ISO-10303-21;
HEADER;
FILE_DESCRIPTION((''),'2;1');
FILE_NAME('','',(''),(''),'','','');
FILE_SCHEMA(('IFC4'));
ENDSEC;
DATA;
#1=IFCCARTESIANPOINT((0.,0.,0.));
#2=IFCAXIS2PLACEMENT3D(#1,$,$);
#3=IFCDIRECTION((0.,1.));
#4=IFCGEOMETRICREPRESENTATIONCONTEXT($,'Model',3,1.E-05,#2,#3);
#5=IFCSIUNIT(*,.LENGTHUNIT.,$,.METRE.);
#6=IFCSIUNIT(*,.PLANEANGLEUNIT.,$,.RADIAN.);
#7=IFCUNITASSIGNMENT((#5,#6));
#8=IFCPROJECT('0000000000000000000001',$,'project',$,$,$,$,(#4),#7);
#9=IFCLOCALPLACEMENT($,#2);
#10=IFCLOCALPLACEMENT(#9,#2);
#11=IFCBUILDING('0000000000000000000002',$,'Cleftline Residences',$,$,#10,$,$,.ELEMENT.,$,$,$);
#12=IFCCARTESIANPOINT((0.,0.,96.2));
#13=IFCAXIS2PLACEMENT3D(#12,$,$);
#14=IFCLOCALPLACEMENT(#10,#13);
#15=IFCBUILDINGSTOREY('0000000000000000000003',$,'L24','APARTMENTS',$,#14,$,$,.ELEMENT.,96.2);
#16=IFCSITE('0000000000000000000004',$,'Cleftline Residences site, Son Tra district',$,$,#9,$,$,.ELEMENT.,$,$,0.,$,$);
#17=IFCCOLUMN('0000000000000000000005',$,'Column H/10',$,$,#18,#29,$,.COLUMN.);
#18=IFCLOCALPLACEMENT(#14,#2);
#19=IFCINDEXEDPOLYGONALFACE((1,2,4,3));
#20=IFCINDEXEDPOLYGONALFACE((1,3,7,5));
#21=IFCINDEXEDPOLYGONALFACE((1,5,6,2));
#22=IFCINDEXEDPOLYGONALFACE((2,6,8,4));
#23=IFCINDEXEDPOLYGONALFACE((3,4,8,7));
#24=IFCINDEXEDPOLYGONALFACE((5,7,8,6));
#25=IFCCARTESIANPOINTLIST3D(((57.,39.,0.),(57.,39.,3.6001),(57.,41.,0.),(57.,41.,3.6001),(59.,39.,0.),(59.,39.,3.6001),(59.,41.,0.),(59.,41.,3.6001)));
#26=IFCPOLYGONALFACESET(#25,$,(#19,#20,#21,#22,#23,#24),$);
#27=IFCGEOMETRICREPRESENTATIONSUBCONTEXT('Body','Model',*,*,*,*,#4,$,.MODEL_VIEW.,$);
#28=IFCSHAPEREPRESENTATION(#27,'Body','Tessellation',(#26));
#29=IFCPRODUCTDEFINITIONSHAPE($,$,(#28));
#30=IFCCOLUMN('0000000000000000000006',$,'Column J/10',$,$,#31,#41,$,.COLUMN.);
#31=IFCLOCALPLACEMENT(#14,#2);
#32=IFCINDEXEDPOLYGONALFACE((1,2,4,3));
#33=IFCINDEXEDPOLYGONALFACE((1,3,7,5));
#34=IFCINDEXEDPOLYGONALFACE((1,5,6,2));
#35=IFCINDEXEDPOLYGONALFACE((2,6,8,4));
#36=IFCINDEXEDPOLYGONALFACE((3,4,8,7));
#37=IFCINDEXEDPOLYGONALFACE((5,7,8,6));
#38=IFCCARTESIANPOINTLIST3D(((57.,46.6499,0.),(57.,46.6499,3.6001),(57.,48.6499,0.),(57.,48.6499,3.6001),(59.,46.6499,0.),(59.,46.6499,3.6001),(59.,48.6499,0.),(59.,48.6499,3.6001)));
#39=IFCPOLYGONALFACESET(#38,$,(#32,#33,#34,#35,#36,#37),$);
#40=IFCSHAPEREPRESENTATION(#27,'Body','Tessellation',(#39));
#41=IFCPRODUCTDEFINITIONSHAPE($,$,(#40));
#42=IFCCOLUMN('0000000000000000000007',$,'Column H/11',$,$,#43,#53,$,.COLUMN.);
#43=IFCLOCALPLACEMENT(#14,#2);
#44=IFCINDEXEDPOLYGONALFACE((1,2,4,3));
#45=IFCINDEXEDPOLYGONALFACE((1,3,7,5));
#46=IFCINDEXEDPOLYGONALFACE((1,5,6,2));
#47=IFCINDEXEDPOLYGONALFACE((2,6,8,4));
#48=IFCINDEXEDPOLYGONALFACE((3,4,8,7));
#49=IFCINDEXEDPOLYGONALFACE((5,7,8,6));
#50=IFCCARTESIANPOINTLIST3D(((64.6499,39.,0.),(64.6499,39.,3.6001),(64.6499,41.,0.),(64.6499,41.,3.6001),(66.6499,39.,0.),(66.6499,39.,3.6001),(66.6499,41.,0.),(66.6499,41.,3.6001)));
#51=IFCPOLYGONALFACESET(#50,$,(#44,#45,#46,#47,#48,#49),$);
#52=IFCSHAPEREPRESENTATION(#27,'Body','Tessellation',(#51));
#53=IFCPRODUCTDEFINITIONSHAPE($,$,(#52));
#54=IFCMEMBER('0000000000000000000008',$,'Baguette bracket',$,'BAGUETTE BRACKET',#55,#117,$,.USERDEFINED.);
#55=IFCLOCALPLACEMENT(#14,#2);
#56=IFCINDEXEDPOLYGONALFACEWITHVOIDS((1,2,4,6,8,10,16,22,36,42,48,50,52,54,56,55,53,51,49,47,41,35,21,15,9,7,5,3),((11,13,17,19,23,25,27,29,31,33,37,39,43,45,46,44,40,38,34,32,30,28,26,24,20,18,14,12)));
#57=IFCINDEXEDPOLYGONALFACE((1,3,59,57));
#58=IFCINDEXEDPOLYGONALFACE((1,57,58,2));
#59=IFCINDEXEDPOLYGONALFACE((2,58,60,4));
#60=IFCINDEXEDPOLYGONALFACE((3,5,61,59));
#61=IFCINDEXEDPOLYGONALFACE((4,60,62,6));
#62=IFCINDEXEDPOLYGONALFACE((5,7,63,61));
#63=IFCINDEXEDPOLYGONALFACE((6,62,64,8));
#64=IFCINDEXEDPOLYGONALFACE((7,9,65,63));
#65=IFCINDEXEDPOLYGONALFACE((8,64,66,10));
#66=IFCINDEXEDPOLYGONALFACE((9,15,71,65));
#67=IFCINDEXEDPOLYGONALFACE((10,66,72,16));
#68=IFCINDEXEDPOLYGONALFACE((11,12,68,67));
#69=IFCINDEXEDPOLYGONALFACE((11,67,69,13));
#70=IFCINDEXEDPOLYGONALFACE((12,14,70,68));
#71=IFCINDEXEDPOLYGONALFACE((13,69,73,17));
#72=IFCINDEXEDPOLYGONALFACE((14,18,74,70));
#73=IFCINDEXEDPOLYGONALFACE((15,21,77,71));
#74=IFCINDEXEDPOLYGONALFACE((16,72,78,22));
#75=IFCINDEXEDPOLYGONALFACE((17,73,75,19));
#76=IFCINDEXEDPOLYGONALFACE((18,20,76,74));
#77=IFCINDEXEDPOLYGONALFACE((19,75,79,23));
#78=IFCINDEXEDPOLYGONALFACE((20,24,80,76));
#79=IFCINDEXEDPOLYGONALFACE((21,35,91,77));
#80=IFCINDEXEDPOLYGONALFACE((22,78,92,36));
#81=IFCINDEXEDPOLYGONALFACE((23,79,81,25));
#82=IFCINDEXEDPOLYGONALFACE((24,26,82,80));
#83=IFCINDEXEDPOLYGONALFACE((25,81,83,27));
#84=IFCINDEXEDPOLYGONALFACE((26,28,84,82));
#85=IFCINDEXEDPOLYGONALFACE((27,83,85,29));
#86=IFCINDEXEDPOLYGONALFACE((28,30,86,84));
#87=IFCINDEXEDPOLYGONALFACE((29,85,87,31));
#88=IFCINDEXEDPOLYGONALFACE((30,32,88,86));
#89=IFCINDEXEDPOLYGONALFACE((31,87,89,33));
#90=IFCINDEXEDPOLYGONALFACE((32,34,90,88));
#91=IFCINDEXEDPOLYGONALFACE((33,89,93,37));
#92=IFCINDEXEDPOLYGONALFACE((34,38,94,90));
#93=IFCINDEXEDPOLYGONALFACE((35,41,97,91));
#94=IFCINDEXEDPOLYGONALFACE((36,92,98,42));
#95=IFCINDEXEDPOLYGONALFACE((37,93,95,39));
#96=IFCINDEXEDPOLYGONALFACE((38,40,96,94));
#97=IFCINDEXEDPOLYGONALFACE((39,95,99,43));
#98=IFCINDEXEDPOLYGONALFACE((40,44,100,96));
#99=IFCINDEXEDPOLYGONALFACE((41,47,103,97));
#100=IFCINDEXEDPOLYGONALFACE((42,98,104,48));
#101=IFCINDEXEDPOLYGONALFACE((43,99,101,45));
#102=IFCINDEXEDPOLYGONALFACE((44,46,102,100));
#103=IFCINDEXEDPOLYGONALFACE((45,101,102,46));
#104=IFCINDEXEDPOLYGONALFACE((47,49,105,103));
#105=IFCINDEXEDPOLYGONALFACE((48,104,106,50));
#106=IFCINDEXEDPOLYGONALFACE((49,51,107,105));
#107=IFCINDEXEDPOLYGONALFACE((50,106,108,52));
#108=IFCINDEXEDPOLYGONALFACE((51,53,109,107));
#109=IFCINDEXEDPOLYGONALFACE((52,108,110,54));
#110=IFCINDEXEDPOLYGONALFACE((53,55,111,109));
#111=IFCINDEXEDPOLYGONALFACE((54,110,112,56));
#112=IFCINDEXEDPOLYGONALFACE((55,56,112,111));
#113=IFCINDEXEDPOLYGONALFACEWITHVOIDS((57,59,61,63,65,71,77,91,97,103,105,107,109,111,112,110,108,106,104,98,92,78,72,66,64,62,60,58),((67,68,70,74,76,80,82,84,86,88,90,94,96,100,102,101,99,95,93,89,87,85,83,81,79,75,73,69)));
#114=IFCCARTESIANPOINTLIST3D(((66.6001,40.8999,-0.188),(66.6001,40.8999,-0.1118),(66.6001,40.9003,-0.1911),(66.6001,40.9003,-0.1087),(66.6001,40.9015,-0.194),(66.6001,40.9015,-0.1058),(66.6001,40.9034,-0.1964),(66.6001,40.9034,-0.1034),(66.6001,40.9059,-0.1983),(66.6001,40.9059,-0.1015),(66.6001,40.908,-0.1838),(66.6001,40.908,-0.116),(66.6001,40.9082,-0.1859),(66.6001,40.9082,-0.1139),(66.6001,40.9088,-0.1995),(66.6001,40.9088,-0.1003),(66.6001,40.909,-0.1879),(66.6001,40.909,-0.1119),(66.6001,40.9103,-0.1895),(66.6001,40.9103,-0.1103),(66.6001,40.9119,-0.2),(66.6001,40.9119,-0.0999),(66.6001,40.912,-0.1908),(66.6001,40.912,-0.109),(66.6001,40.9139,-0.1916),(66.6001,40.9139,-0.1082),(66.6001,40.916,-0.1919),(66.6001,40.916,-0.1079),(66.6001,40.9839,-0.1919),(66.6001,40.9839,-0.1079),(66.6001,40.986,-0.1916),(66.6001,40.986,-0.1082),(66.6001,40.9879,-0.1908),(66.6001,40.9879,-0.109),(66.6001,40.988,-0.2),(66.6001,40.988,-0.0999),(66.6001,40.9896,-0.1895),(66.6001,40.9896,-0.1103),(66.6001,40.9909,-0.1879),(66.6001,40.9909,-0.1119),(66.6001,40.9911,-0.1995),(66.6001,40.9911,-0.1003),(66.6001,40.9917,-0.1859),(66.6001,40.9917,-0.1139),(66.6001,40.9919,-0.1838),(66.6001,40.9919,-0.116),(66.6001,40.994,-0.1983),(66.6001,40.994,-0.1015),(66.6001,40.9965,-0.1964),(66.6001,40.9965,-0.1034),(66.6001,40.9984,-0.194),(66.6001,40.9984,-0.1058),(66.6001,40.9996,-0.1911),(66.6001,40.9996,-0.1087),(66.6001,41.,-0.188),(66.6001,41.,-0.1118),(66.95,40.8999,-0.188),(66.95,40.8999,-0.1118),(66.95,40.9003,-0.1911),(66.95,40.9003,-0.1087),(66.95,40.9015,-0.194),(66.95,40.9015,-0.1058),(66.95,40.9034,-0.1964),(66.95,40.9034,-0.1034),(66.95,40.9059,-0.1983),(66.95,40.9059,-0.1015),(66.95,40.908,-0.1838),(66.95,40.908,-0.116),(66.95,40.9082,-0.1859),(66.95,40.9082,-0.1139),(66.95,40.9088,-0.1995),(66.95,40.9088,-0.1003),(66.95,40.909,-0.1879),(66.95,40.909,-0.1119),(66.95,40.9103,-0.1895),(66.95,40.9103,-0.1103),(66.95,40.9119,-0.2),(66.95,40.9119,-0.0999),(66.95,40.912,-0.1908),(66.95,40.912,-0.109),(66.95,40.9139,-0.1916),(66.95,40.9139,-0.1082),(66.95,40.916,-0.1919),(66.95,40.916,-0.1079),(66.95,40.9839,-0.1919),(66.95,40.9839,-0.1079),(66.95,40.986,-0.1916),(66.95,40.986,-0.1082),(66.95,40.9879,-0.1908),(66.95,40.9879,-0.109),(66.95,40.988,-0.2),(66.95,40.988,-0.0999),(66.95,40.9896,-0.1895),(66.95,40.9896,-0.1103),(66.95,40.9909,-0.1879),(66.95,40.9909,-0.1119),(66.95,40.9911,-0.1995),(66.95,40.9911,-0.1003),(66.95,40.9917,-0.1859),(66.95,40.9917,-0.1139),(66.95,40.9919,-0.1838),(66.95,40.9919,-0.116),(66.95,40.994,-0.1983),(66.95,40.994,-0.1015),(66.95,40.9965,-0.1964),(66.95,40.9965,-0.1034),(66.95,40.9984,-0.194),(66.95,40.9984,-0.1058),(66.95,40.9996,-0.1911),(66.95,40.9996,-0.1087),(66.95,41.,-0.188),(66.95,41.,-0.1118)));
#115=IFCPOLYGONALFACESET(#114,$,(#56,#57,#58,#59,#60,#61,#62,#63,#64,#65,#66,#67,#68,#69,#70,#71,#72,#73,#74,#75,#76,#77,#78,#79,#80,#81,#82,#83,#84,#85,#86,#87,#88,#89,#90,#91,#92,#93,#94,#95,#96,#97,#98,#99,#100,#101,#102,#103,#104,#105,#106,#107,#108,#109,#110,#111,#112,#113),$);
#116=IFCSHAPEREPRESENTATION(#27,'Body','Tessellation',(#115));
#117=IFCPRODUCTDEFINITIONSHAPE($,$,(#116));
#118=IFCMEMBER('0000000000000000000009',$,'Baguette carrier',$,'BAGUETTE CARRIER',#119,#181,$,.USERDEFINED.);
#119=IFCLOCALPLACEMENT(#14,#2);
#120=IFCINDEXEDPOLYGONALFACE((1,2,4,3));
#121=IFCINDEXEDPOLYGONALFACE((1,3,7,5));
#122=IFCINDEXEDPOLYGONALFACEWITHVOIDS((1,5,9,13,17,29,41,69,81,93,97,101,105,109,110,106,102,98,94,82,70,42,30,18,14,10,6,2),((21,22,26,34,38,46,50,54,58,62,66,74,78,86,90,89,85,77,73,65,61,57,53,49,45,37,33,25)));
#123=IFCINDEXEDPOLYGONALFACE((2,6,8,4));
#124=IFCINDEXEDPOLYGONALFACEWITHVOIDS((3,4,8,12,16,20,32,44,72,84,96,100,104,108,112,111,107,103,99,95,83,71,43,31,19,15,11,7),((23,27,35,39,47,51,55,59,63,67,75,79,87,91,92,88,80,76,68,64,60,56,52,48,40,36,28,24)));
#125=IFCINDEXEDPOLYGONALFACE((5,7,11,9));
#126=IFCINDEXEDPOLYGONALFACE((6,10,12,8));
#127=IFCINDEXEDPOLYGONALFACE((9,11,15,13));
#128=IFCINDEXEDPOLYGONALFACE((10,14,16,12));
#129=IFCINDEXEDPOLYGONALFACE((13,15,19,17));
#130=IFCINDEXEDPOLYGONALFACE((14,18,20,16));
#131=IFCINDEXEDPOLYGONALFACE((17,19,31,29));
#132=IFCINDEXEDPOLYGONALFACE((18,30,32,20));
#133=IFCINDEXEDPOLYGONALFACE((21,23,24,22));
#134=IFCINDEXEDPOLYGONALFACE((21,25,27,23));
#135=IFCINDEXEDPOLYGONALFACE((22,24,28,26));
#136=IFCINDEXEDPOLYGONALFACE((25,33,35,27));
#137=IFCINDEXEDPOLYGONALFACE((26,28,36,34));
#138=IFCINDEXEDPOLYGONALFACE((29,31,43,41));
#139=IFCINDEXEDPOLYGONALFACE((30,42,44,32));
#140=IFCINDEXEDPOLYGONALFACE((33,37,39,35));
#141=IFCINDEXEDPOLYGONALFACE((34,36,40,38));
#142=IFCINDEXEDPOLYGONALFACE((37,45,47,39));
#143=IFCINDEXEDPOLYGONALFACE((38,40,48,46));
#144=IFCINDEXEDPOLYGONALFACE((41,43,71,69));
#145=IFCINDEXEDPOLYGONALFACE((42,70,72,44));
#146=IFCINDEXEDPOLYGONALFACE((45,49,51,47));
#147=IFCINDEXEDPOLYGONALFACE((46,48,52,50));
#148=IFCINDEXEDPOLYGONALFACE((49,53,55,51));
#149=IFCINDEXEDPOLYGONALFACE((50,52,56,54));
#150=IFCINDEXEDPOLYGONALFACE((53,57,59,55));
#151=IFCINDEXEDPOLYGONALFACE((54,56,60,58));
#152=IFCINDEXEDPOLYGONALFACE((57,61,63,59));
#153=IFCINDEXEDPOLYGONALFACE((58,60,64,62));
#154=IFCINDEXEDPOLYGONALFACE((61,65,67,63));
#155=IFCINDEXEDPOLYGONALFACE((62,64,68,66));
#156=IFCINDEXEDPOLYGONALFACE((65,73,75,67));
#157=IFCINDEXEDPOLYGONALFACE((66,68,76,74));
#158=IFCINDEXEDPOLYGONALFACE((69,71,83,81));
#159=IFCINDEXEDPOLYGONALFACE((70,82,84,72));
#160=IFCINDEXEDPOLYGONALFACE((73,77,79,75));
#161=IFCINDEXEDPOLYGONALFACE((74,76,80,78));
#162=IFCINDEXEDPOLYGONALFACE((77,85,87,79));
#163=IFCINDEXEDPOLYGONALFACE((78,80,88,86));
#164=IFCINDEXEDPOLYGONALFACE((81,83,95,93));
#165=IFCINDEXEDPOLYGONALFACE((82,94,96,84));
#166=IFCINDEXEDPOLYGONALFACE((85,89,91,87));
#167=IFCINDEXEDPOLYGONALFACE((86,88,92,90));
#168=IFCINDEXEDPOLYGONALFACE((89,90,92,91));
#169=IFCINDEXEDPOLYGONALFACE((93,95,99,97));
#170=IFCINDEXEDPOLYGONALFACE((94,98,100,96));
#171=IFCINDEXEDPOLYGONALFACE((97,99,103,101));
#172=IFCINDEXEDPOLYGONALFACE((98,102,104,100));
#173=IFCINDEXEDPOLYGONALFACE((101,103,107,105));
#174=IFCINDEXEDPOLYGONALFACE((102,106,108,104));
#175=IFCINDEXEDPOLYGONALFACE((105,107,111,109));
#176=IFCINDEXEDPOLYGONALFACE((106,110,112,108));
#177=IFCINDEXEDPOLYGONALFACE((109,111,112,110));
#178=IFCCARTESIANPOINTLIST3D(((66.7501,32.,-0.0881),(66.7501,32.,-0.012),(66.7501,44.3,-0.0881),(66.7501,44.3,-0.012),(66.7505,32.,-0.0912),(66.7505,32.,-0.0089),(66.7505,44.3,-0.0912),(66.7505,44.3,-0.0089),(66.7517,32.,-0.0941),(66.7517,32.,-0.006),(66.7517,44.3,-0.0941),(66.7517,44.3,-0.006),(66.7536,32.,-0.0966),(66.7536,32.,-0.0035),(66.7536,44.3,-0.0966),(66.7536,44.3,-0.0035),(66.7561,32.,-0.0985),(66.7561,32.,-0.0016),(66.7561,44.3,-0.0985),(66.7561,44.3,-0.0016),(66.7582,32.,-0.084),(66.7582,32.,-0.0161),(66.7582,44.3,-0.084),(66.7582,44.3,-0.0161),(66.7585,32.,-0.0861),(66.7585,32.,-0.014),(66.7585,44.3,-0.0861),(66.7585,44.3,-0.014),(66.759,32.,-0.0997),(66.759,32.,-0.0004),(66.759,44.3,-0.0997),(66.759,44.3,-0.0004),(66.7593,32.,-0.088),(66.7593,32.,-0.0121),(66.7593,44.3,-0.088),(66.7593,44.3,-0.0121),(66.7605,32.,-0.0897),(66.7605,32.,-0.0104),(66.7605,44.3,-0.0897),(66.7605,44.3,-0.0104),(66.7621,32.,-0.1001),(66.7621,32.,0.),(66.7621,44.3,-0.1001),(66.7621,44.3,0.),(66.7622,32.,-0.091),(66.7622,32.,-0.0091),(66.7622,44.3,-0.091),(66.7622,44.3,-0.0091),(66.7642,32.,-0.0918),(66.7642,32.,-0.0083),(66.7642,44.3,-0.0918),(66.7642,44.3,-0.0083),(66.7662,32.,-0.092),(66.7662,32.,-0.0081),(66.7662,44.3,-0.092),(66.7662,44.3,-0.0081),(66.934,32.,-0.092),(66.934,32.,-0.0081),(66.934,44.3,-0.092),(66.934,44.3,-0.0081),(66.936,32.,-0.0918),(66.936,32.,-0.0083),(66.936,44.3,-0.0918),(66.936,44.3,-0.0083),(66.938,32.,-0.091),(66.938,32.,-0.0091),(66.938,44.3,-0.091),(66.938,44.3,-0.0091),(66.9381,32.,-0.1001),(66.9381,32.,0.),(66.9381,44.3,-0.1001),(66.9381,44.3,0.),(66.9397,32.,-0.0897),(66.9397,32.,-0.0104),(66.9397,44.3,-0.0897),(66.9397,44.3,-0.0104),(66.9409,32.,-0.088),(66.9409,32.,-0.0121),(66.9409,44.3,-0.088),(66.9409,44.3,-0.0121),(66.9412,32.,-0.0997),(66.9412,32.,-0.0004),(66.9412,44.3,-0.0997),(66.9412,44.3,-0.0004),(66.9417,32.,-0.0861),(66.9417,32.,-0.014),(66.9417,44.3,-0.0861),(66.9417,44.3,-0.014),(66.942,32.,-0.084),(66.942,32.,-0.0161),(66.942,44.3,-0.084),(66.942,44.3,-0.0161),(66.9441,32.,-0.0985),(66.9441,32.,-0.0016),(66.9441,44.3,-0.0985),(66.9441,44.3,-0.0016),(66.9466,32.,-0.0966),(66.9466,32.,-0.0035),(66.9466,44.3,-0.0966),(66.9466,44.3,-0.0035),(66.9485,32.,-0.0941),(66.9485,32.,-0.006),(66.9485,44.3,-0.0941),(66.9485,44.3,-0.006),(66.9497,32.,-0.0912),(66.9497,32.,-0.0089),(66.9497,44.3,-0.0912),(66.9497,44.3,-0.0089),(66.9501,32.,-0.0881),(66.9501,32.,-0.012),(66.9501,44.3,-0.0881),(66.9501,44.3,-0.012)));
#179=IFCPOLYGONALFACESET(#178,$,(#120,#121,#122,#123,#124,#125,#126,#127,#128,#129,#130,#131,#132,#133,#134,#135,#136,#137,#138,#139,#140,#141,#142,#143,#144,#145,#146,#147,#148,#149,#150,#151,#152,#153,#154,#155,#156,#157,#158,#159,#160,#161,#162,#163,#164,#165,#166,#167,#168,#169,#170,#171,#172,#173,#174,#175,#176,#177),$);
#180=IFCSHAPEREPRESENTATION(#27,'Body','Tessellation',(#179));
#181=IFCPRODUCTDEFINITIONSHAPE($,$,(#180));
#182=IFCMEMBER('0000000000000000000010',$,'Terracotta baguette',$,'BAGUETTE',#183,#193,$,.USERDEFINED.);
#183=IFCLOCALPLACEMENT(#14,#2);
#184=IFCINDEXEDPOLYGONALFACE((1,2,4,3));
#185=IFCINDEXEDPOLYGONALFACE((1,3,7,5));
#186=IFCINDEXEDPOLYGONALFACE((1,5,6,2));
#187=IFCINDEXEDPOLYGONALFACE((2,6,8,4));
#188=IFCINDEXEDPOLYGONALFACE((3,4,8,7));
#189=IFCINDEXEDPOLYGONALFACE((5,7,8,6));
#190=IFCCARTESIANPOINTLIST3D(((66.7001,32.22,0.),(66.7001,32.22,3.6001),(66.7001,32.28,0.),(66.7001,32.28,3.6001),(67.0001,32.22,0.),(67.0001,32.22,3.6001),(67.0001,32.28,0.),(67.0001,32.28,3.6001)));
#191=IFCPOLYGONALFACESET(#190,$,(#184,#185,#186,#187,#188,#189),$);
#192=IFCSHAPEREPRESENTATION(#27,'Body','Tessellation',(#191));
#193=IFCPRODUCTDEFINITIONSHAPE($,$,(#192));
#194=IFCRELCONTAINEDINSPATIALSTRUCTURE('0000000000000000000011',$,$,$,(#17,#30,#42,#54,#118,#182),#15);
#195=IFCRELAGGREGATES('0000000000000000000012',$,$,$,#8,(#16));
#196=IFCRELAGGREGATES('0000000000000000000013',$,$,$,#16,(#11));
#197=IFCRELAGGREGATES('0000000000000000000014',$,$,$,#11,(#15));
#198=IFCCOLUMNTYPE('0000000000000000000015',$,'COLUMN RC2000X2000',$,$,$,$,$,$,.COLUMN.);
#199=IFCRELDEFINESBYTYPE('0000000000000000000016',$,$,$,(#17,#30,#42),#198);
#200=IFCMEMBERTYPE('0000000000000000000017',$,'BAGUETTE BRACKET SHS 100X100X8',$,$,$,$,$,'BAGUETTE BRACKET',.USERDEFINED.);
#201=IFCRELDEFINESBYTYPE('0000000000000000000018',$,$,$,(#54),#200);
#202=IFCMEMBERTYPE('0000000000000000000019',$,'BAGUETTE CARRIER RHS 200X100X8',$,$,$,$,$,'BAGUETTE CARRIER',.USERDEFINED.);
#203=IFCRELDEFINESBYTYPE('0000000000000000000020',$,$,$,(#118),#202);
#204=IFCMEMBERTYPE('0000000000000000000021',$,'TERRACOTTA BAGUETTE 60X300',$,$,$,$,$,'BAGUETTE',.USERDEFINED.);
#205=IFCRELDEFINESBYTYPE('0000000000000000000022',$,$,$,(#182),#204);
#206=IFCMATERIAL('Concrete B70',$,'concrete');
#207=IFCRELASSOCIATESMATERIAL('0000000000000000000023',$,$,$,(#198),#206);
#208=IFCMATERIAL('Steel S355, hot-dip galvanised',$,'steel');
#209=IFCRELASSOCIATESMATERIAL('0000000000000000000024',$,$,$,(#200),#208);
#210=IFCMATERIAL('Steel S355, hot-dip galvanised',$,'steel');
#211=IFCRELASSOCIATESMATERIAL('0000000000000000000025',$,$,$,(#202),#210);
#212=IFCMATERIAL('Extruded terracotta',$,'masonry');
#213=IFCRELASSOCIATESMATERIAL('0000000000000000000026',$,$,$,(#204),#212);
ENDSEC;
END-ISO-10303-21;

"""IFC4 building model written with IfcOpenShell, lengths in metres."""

from ifc_helpers import new_model, si_unit, direction, frame, origin, origin_2d, place, context, subcontext, project, spatial, rectangle, hollow_rectangle, extrude, material, material_profile, profile_set, type_object, element, save


model = new_model("IFC4")

# Units and contexts
model_context = context("Model", 3, precision=1e-05, world=origin(), true_north=direction((0.0, 1.0)))
body_context = subcontext(model_context, "Body", "Model", "MODEL_VIEW")
ifc_project = project(units=[si_unit("LENGTHUNIT", "METRE"), si_unit("PLANEANGLEUNIT", "RADIAN")], contexts=[model_context])

# Site, building, storey
site_placement = place(None, origin())
site = spatial("IfcSite", under=ifc_project, at=site_placement, Name="Cleftline Residences site, Son Tra district", CompositionType="ELEMENT", RefElevation=0.0)
building_placement = place(site_placement, origin())
building = spatial("IfcBuilding", under=site, at=building_placement, Name="Cleftline Residences", CompositionType="ELEMENT")
storey_placement = place(building_placement, frame((0.0, 0.0, 96.2)))
storey = spatial("IfcBuildingStorey", under=building, at=storey_placement, Name="L24", Description="APARTMENTS", CompositionType="ELEMENT", Elevation=96.2)

# Columns
ifc_material_1 = material(Name="Concrete B70", Category="concrete")
ifc_material_profile_1 = material_profile(ifc_material_1, rectangle(XDim=2.0, YDim=2.0, at=origin_2d()))
ifc_profile_set_1 = profile_set([ifc_material_profile_1], Name="Concrete B70")
column_type = type_object("IfcColumnType", Name="COLUMN RC2000X2000", PredefinedType="COLUMN", material=ifc_profile_set_1)
for number, where, z_axis, x_axis, name in (
    (1, (58.0, 40.0, 0.0), (0.0, 0.0, 1.0), (1.0, 0.0, 0.0), "Column H/10"),
    (2, (58.0, 47.6499, 0.0), (0.0, 0.0, 1.0), (1.0, 0.0, 0.0), "Column J/10"),
    (3, (65.6499, 40.0, 0.0), (0.0, 0.0, 1.0), (1.0, 0.0, 0.0), "Column H/11"),
):
    element("IfcColumn", number, at=place(storey_placement, frame(where, z_axis=z_axis, x_axis=x_axis)), inside=storey, type_object=column_type, Name=name, PredefinedType="COLUMN", context=body_context, shape_type="SweptSolid", body=[
        extrude(rectangle(XDim=2.0, YDim=2.0, at=origin_2d()), origin(), (0.0, 0.0, 1.0), 3.6001),
    ])

# Members
ifc_material_2 = material(Name="Steel S355, hot-dip galvanised", Category="steel")
ifc_material_profile_2 = material_profile(ifc_material_2, hollow_rectangle(XDim=0.1001, YDim=0.1001, WallThickness=0.0081, InnerFilletRadius=0.0081, OuterFilletRadius=0.012, at=origin_2d()))
ifc_profile_set_2 = profile_set([ifc_material_profile_2], Name="Steel S355, hot-dip galvanised")
member_type_1 = type_object("IfcMemberType", Name="BAGUETTE BRACKET SHS 100X100X8", ElementType="BAGUETTE BRACKET", PredefinedType="USERDEFINED", material=ifc_profile_set_2)
member_1_placement = place(storey_placement, frame((66.6001, 40.95, -0.1499), z_axis=(1.0, 0.0, 0.0), x_axis=(0.0, 1.0, 0.0)))
element("IfcMember", 4, at=member_1_placement, inside=storey, type_object=member_type_1, Name="Baguette bracket", ObjectType="BAGUETTE BRACKET", PredefinedType="USERDEFINED", context=body_context, shape_type="SweptSolid", body=[
    extrude(hollow_rectangle(XDim=0.1001, YDim=0.1001, WallThickness=0.0081, InnerFilletRadius=0.0081, OuterFilletRadius=0.012, at=origin_2d()), origin(), (0.0, 0.0, 1.0), 0.3499),
])
ifc_material_3 = material(Name="Steel S355, hot-dip galvanised", Category="steel")
ifc_material_profile_3 = material_profile(ifc_material_3, hollow_rectangle(XDim=0.1001, YDim=0.2, WallThickness=0.0081, InnerFilletRadius=0.0081, OuterFilletRadius=0.012, at=origin_2d()))
ifc_profile_set_3 = profile_set([ifc_material_profile_3], Name="Steel S355, hot-dip galvanised")
member_type_2 = type_object("IfcMemberType", Name="BAGUETTE CARRIER RHS 200X100X8", ElementType="BAGUETTE CARRIER", PredefinedType="USERDEFINED", material=ifc_profile_set_3)
member_2_placement = place(storey_placement, frame((66.8501, 32.0, -0.05), z_axis=(0.0, 1.0, 0.0), x_axis=(0.0, 0.0, 1.0)))
element("IfcMember", 5, at=member_2_placement, inside=storey, type_object=member_type_2, Name="Baguette carrier", ObjectType="BAGUETTE CARRIER", PredefinedType="USERDEFINED", context=body_context, shape_type="SweptSolid", body=[
    extrude(hollow_rectangle(XDim=0.1001, YDim=0.2, WallThickness=0.0081, InnerFilletRadius=0.0081, OuterFilletRadius=0.012, at=origin_2d()), origin(), (0.0, 0.0, 1.0), 12.3),
])
ifc_material_4 = material(Name="Extruded terracotta", Category="masonry")
ifc_material_profile_4 = material_profile(ifc_material_4, rectangle(XDim=0.0601, YDim=0.3, at=origin_2d()))
ifc_profile_set_4 = profile_set([ifc_material_profile_4], Name="Extruded terracotta")
member_type_3 = type_object("IfcMemberType", Name="TERRACOTTA BAGUETTE 60X300", ElementType="BAGUETTE", PredefinedType="USERDEFINED", material=ifc_profile_set_4)
for number, where, z_axis, x_axis, name in (
    (6, (66.8501, 32.25, 0.0), (0.0, 0.0, 1.0), (0.0, 1.0, 0.0), "Terracotta baguette"),
):
    element("IfcMember", number, at=place(storey_placement, frame(where, z_axis=z_axis, x_axis=x_axis)), inside=storey, type_object=member_type_3, Name=name, ObjectType="BAGUETTE", PredefinedType="USERDEFINED", context=body_context, shape_type="SweptSolid", body=[
        extrude(rectangle(XDim=0.0601, YDim=0.3, at=origin_2d()), origin(), (0.0, 0.0, 1.0), 3.6001),
    ])

save(model, "model.ifc")
